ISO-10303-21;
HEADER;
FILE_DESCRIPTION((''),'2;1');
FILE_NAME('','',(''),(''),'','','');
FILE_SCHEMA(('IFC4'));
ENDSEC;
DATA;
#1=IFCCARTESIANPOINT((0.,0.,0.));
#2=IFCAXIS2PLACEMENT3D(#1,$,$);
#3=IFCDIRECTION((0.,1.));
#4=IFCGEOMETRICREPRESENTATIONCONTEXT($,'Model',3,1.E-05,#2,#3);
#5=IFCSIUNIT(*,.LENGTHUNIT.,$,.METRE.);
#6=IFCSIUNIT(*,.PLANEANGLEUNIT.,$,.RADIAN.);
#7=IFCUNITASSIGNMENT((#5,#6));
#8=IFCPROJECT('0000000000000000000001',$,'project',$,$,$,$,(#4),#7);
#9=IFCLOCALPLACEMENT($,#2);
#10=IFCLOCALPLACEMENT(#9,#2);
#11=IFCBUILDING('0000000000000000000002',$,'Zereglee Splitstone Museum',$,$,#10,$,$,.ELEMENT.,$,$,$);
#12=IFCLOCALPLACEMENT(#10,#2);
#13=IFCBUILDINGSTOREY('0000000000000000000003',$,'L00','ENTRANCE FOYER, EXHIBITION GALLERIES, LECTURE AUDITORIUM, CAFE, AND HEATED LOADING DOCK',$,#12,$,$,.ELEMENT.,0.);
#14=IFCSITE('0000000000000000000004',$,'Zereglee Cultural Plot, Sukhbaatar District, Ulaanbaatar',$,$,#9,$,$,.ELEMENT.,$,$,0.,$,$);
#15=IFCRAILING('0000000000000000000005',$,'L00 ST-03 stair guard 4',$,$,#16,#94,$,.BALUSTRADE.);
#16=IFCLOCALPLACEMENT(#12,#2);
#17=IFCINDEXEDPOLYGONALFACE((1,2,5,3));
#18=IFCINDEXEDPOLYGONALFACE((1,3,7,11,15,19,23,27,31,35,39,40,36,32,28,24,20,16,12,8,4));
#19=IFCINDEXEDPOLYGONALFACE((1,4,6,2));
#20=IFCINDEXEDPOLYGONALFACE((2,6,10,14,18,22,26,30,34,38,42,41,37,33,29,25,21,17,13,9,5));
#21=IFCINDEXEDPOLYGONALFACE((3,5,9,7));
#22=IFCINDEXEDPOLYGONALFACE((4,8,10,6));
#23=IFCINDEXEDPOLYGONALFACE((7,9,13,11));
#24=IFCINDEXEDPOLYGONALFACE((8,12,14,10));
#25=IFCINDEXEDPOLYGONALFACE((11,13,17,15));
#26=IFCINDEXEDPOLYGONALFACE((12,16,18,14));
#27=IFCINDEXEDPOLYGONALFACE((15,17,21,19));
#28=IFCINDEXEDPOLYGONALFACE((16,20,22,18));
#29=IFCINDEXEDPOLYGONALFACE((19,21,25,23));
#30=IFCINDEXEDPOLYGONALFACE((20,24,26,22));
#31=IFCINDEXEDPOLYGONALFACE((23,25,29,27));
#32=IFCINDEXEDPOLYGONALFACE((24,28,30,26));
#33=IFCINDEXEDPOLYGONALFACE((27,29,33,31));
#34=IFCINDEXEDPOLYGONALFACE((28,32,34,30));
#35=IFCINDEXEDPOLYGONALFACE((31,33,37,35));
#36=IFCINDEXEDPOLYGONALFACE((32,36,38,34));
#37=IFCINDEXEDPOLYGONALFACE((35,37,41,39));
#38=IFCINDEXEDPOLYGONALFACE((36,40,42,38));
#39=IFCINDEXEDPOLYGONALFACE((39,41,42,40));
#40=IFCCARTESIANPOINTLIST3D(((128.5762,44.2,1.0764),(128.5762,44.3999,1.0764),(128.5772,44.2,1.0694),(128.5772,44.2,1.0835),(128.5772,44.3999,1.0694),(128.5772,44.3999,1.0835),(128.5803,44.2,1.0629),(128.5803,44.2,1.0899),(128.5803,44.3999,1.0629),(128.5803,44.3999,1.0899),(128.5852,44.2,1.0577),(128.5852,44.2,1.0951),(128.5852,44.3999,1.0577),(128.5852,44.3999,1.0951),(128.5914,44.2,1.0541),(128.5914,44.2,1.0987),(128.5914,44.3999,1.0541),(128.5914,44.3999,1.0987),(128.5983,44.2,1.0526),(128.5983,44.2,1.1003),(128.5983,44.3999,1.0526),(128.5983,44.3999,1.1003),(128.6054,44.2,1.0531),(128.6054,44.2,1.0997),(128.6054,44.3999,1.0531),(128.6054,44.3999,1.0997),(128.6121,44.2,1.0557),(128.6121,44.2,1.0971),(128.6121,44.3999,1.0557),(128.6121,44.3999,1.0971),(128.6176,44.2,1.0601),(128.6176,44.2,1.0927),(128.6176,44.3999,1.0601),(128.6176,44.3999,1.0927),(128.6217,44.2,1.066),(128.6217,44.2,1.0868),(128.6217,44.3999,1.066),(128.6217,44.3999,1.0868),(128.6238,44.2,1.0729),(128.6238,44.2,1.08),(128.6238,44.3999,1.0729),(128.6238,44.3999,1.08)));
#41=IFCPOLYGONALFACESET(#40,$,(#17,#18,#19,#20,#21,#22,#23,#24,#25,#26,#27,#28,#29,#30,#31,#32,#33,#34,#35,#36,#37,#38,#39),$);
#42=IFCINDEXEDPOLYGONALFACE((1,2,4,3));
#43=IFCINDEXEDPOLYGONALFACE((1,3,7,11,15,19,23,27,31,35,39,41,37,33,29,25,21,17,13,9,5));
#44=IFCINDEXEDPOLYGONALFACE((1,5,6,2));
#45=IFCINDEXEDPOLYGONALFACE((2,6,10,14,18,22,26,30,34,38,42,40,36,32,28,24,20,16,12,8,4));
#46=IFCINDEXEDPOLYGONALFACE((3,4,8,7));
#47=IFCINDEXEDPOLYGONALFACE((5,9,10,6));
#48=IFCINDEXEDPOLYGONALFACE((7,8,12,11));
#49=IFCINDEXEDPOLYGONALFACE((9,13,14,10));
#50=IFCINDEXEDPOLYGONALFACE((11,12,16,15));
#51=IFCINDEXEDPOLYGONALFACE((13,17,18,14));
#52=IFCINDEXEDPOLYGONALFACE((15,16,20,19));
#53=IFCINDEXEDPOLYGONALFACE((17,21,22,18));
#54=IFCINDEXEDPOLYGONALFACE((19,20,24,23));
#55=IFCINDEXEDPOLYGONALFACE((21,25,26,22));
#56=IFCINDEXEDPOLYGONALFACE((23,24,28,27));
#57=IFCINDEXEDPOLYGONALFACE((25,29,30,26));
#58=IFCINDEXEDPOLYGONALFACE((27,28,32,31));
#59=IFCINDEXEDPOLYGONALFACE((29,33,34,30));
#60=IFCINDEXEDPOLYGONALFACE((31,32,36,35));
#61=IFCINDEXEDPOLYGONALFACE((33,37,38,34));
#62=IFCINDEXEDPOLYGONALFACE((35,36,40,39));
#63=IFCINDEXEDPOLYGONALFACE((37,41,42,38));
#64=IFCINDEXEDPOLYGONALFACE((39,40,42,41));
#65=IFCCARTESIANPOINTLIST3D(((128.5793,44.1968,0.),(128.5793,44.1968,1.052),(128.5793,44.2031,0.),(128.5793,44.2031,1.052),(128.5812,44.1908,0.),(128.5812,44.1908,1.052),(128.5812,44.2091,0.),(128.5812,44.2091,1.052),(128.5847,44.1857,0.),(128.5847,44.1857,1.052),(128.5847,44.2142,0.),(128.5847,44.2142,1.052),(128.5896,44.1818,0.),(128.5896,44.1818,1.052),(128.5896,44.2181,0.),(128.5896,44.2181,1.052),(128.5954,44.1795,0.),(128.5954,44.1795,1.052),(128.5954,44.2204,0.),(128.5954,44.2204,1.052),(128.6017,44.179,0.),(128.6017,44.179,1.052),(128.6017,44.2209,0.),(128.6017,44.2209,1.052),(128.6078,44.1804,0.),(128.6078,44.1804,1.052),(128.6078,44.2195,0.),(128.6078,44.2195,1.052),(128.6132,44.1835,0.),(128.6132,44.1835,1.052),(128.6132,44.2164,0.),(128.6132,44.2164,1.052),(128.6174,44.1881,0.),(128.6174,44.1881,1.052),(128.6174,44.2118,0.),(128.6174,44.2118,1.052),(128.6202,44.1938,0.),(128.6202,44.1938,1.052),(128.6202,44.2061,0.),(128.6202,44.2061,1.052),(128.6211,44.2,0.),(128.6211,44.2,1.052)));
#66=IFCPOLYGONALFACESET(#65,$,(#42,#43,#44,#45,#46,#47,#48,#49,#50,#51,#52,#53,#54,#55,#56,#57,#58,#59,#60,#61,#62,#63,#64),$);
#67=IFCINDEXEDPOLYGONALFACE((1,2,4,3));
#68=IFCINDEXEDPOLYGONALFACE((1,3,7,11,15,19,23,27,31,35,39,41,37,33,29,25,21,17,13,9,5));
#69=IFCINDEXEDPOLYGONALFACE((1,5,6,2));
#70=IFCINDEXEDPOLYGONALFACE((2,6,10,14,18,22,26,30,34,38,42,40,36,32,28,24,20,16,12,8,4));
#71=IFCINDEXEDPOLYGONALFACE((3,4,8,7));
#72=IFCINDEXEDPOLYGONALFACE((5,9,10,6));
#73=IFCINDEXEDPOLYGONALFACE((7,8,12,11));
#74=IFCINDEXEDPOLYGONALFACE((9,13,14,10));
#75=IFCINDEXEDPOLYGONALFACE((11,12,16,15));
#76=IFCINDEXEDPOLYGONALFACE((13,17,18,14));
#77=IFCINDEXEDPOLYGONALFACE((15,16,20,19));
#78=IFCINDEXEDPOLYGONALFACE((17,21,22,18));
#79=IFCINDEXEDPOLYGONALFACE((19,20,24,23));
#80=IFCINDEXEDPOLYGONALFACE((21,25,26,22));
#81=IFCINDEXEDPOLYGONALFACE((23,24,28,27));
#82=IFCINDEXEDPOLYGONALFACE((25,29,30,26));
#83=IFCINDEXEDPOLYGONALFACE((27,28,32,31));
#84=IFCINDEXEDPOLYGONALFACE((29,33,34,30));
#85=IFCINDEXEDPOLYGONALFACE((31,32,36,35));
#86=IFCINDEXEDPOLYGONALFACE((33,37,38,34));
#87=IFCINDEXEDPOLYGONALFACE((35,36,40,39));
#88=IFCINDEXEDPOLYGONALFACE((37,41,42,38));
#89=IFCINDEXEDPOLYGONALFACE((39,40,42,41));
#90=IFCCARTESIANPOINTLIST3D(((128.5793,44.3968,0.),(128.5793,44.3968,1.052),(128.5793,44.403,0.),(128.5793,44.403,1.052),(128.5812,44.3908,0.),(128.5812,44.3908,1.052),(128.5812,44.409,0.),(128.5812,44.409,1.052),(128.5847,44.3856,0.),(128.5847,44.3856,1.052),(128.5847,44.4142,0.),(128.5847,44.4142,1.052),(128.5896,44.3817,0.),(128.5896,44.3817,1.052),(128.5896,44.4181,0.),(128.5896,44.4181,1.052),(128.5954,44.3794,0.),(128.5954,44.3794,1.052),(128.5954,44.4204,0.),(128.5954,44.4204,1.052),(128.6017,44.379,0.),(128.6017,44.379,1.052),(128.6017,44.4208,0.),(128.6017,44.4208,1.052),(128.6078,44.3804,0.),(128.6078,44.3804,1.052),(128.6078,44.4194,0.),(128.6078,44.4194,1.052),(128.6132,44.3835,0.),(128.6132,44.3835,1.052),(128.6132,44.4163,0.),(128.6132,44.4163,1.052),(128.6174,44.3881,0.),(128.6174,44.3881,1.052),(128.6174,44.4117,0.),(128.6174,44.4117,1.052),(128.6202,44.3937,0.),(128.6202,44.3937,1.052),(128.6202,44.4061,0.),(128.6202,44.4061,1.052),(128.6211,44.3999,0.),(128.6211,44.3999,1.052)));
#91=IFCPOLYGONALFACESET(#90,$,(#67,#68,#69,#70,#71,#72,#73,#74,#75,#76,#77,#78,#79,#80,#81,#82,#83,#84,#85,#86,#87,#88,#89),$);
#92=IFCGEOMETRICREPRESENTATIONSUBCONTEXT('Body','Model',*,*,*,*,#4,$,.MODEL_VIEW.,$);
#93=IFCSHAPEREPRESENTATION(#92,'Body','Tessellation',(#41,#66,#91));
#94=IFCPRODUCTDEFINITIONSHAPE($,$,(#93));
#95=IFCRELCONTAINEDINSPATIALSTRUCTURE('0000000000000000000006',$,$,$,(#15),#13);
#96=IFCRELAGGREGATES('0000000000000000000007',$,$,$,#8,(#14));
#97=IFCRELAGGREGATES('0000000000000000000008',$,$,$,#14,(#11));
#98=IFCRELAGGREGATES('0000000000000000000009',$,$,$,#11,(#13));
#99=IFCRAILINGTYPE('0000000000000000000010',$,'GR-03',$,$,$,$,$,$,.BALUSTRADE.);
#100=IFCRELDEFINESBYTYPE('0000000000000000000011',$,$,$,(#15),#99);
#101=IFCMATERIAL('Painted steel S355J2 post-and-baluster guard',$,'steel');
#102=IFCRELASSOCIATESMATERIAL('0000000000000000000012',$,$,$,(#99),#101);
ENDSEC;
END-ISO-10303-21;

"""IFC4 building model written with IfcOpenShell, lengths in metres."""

from ifc_helpers import new_model, si_unit, direction, frame, origin, origin_2d, place, context, subcontext, project, spatial, circle, extrude, material, type_object, element, save


model = new_model("IFC4")

# Units and contexts
model_context = context("Model", 3, precision=1e-05, world=origin(), true_north=direction((0.0, 1.0)))
body_context = subcontext(model_context, "Body", "Model", "MODEL_VIEW")
ifc_project = project(units=[si_unit("LENGTHUNIT", "METRE"), si_unit("PLANEANGLEUNIT", "RADIAN")], contexts=[model_context])

# Site, building, storey
site_placement = place(None, origin())
site = spatial("IfcSite", under=ifc_project, at=site_placement, Name="Zereglee Cultural Plot, Sukhbaatar District, Ulaanbaatar", CompositionType="ELEMENT", RefElevation=0.0)
building_placement = place(site_placement, origin())
building = spatial("IfcBuilding", under=site, at=building_placement, Name="Zereglee Splitstone Museum", CompositionType="ELEMENT")
storey_placement = place(building_placement, origin())
storey = spatial("IfcBuildingStorey", under=building, at=storey_placement, Name="L00", Description="ENTRANCE FOYER, EXHIBITION GALLERIES, LECTURE AUDITORIUM, CAFE, AND HEATED LOADING DOCK", CompositionType="ELEMENT", Elevation=0.0)

# Railing
ifc_material_1 = material(Name="Painted steel S355J2 post-and-baluster guard", Category="steel")
railing_type_1 = type_object("IfcRailingType", Name="GR-03", PredefinedType="BALUSTRADE", material=ifc_material_1)
railing_1_placement = place(storey_placement, frame((128.6001, 44.2, 0.0)))
element("IfcRailing", 1, at=railing_1_placement, inside=storey, type_object=railing_type_1, Name="L00 ST-03 stair guard 4", PredefinedType="BALUSTRADE", context=body_context, shape_type="SweptSolid", body=[
    extrude(circle(Radius=0.0239, at=origin_2d()), frame((0.0, 0.0, 1.0764), z_axis=(0.0, 1.0, 0.0), x_axis=(-1.0, 0.0, 0.0)), (0.0, 0.0, 1.0), 0.2),
    extrude(circle(Radius=0.021, at=origin_2d()), origin(), (0.0, 0.0, 1.0), 1.052),
    extrude(circle(Radius=0.021, at=origin_2d()), frame((0.0, 0.2, 0.0)), (0.0, 0.0, 1.0), 1.052),
])

save(model, "model.ifc")
